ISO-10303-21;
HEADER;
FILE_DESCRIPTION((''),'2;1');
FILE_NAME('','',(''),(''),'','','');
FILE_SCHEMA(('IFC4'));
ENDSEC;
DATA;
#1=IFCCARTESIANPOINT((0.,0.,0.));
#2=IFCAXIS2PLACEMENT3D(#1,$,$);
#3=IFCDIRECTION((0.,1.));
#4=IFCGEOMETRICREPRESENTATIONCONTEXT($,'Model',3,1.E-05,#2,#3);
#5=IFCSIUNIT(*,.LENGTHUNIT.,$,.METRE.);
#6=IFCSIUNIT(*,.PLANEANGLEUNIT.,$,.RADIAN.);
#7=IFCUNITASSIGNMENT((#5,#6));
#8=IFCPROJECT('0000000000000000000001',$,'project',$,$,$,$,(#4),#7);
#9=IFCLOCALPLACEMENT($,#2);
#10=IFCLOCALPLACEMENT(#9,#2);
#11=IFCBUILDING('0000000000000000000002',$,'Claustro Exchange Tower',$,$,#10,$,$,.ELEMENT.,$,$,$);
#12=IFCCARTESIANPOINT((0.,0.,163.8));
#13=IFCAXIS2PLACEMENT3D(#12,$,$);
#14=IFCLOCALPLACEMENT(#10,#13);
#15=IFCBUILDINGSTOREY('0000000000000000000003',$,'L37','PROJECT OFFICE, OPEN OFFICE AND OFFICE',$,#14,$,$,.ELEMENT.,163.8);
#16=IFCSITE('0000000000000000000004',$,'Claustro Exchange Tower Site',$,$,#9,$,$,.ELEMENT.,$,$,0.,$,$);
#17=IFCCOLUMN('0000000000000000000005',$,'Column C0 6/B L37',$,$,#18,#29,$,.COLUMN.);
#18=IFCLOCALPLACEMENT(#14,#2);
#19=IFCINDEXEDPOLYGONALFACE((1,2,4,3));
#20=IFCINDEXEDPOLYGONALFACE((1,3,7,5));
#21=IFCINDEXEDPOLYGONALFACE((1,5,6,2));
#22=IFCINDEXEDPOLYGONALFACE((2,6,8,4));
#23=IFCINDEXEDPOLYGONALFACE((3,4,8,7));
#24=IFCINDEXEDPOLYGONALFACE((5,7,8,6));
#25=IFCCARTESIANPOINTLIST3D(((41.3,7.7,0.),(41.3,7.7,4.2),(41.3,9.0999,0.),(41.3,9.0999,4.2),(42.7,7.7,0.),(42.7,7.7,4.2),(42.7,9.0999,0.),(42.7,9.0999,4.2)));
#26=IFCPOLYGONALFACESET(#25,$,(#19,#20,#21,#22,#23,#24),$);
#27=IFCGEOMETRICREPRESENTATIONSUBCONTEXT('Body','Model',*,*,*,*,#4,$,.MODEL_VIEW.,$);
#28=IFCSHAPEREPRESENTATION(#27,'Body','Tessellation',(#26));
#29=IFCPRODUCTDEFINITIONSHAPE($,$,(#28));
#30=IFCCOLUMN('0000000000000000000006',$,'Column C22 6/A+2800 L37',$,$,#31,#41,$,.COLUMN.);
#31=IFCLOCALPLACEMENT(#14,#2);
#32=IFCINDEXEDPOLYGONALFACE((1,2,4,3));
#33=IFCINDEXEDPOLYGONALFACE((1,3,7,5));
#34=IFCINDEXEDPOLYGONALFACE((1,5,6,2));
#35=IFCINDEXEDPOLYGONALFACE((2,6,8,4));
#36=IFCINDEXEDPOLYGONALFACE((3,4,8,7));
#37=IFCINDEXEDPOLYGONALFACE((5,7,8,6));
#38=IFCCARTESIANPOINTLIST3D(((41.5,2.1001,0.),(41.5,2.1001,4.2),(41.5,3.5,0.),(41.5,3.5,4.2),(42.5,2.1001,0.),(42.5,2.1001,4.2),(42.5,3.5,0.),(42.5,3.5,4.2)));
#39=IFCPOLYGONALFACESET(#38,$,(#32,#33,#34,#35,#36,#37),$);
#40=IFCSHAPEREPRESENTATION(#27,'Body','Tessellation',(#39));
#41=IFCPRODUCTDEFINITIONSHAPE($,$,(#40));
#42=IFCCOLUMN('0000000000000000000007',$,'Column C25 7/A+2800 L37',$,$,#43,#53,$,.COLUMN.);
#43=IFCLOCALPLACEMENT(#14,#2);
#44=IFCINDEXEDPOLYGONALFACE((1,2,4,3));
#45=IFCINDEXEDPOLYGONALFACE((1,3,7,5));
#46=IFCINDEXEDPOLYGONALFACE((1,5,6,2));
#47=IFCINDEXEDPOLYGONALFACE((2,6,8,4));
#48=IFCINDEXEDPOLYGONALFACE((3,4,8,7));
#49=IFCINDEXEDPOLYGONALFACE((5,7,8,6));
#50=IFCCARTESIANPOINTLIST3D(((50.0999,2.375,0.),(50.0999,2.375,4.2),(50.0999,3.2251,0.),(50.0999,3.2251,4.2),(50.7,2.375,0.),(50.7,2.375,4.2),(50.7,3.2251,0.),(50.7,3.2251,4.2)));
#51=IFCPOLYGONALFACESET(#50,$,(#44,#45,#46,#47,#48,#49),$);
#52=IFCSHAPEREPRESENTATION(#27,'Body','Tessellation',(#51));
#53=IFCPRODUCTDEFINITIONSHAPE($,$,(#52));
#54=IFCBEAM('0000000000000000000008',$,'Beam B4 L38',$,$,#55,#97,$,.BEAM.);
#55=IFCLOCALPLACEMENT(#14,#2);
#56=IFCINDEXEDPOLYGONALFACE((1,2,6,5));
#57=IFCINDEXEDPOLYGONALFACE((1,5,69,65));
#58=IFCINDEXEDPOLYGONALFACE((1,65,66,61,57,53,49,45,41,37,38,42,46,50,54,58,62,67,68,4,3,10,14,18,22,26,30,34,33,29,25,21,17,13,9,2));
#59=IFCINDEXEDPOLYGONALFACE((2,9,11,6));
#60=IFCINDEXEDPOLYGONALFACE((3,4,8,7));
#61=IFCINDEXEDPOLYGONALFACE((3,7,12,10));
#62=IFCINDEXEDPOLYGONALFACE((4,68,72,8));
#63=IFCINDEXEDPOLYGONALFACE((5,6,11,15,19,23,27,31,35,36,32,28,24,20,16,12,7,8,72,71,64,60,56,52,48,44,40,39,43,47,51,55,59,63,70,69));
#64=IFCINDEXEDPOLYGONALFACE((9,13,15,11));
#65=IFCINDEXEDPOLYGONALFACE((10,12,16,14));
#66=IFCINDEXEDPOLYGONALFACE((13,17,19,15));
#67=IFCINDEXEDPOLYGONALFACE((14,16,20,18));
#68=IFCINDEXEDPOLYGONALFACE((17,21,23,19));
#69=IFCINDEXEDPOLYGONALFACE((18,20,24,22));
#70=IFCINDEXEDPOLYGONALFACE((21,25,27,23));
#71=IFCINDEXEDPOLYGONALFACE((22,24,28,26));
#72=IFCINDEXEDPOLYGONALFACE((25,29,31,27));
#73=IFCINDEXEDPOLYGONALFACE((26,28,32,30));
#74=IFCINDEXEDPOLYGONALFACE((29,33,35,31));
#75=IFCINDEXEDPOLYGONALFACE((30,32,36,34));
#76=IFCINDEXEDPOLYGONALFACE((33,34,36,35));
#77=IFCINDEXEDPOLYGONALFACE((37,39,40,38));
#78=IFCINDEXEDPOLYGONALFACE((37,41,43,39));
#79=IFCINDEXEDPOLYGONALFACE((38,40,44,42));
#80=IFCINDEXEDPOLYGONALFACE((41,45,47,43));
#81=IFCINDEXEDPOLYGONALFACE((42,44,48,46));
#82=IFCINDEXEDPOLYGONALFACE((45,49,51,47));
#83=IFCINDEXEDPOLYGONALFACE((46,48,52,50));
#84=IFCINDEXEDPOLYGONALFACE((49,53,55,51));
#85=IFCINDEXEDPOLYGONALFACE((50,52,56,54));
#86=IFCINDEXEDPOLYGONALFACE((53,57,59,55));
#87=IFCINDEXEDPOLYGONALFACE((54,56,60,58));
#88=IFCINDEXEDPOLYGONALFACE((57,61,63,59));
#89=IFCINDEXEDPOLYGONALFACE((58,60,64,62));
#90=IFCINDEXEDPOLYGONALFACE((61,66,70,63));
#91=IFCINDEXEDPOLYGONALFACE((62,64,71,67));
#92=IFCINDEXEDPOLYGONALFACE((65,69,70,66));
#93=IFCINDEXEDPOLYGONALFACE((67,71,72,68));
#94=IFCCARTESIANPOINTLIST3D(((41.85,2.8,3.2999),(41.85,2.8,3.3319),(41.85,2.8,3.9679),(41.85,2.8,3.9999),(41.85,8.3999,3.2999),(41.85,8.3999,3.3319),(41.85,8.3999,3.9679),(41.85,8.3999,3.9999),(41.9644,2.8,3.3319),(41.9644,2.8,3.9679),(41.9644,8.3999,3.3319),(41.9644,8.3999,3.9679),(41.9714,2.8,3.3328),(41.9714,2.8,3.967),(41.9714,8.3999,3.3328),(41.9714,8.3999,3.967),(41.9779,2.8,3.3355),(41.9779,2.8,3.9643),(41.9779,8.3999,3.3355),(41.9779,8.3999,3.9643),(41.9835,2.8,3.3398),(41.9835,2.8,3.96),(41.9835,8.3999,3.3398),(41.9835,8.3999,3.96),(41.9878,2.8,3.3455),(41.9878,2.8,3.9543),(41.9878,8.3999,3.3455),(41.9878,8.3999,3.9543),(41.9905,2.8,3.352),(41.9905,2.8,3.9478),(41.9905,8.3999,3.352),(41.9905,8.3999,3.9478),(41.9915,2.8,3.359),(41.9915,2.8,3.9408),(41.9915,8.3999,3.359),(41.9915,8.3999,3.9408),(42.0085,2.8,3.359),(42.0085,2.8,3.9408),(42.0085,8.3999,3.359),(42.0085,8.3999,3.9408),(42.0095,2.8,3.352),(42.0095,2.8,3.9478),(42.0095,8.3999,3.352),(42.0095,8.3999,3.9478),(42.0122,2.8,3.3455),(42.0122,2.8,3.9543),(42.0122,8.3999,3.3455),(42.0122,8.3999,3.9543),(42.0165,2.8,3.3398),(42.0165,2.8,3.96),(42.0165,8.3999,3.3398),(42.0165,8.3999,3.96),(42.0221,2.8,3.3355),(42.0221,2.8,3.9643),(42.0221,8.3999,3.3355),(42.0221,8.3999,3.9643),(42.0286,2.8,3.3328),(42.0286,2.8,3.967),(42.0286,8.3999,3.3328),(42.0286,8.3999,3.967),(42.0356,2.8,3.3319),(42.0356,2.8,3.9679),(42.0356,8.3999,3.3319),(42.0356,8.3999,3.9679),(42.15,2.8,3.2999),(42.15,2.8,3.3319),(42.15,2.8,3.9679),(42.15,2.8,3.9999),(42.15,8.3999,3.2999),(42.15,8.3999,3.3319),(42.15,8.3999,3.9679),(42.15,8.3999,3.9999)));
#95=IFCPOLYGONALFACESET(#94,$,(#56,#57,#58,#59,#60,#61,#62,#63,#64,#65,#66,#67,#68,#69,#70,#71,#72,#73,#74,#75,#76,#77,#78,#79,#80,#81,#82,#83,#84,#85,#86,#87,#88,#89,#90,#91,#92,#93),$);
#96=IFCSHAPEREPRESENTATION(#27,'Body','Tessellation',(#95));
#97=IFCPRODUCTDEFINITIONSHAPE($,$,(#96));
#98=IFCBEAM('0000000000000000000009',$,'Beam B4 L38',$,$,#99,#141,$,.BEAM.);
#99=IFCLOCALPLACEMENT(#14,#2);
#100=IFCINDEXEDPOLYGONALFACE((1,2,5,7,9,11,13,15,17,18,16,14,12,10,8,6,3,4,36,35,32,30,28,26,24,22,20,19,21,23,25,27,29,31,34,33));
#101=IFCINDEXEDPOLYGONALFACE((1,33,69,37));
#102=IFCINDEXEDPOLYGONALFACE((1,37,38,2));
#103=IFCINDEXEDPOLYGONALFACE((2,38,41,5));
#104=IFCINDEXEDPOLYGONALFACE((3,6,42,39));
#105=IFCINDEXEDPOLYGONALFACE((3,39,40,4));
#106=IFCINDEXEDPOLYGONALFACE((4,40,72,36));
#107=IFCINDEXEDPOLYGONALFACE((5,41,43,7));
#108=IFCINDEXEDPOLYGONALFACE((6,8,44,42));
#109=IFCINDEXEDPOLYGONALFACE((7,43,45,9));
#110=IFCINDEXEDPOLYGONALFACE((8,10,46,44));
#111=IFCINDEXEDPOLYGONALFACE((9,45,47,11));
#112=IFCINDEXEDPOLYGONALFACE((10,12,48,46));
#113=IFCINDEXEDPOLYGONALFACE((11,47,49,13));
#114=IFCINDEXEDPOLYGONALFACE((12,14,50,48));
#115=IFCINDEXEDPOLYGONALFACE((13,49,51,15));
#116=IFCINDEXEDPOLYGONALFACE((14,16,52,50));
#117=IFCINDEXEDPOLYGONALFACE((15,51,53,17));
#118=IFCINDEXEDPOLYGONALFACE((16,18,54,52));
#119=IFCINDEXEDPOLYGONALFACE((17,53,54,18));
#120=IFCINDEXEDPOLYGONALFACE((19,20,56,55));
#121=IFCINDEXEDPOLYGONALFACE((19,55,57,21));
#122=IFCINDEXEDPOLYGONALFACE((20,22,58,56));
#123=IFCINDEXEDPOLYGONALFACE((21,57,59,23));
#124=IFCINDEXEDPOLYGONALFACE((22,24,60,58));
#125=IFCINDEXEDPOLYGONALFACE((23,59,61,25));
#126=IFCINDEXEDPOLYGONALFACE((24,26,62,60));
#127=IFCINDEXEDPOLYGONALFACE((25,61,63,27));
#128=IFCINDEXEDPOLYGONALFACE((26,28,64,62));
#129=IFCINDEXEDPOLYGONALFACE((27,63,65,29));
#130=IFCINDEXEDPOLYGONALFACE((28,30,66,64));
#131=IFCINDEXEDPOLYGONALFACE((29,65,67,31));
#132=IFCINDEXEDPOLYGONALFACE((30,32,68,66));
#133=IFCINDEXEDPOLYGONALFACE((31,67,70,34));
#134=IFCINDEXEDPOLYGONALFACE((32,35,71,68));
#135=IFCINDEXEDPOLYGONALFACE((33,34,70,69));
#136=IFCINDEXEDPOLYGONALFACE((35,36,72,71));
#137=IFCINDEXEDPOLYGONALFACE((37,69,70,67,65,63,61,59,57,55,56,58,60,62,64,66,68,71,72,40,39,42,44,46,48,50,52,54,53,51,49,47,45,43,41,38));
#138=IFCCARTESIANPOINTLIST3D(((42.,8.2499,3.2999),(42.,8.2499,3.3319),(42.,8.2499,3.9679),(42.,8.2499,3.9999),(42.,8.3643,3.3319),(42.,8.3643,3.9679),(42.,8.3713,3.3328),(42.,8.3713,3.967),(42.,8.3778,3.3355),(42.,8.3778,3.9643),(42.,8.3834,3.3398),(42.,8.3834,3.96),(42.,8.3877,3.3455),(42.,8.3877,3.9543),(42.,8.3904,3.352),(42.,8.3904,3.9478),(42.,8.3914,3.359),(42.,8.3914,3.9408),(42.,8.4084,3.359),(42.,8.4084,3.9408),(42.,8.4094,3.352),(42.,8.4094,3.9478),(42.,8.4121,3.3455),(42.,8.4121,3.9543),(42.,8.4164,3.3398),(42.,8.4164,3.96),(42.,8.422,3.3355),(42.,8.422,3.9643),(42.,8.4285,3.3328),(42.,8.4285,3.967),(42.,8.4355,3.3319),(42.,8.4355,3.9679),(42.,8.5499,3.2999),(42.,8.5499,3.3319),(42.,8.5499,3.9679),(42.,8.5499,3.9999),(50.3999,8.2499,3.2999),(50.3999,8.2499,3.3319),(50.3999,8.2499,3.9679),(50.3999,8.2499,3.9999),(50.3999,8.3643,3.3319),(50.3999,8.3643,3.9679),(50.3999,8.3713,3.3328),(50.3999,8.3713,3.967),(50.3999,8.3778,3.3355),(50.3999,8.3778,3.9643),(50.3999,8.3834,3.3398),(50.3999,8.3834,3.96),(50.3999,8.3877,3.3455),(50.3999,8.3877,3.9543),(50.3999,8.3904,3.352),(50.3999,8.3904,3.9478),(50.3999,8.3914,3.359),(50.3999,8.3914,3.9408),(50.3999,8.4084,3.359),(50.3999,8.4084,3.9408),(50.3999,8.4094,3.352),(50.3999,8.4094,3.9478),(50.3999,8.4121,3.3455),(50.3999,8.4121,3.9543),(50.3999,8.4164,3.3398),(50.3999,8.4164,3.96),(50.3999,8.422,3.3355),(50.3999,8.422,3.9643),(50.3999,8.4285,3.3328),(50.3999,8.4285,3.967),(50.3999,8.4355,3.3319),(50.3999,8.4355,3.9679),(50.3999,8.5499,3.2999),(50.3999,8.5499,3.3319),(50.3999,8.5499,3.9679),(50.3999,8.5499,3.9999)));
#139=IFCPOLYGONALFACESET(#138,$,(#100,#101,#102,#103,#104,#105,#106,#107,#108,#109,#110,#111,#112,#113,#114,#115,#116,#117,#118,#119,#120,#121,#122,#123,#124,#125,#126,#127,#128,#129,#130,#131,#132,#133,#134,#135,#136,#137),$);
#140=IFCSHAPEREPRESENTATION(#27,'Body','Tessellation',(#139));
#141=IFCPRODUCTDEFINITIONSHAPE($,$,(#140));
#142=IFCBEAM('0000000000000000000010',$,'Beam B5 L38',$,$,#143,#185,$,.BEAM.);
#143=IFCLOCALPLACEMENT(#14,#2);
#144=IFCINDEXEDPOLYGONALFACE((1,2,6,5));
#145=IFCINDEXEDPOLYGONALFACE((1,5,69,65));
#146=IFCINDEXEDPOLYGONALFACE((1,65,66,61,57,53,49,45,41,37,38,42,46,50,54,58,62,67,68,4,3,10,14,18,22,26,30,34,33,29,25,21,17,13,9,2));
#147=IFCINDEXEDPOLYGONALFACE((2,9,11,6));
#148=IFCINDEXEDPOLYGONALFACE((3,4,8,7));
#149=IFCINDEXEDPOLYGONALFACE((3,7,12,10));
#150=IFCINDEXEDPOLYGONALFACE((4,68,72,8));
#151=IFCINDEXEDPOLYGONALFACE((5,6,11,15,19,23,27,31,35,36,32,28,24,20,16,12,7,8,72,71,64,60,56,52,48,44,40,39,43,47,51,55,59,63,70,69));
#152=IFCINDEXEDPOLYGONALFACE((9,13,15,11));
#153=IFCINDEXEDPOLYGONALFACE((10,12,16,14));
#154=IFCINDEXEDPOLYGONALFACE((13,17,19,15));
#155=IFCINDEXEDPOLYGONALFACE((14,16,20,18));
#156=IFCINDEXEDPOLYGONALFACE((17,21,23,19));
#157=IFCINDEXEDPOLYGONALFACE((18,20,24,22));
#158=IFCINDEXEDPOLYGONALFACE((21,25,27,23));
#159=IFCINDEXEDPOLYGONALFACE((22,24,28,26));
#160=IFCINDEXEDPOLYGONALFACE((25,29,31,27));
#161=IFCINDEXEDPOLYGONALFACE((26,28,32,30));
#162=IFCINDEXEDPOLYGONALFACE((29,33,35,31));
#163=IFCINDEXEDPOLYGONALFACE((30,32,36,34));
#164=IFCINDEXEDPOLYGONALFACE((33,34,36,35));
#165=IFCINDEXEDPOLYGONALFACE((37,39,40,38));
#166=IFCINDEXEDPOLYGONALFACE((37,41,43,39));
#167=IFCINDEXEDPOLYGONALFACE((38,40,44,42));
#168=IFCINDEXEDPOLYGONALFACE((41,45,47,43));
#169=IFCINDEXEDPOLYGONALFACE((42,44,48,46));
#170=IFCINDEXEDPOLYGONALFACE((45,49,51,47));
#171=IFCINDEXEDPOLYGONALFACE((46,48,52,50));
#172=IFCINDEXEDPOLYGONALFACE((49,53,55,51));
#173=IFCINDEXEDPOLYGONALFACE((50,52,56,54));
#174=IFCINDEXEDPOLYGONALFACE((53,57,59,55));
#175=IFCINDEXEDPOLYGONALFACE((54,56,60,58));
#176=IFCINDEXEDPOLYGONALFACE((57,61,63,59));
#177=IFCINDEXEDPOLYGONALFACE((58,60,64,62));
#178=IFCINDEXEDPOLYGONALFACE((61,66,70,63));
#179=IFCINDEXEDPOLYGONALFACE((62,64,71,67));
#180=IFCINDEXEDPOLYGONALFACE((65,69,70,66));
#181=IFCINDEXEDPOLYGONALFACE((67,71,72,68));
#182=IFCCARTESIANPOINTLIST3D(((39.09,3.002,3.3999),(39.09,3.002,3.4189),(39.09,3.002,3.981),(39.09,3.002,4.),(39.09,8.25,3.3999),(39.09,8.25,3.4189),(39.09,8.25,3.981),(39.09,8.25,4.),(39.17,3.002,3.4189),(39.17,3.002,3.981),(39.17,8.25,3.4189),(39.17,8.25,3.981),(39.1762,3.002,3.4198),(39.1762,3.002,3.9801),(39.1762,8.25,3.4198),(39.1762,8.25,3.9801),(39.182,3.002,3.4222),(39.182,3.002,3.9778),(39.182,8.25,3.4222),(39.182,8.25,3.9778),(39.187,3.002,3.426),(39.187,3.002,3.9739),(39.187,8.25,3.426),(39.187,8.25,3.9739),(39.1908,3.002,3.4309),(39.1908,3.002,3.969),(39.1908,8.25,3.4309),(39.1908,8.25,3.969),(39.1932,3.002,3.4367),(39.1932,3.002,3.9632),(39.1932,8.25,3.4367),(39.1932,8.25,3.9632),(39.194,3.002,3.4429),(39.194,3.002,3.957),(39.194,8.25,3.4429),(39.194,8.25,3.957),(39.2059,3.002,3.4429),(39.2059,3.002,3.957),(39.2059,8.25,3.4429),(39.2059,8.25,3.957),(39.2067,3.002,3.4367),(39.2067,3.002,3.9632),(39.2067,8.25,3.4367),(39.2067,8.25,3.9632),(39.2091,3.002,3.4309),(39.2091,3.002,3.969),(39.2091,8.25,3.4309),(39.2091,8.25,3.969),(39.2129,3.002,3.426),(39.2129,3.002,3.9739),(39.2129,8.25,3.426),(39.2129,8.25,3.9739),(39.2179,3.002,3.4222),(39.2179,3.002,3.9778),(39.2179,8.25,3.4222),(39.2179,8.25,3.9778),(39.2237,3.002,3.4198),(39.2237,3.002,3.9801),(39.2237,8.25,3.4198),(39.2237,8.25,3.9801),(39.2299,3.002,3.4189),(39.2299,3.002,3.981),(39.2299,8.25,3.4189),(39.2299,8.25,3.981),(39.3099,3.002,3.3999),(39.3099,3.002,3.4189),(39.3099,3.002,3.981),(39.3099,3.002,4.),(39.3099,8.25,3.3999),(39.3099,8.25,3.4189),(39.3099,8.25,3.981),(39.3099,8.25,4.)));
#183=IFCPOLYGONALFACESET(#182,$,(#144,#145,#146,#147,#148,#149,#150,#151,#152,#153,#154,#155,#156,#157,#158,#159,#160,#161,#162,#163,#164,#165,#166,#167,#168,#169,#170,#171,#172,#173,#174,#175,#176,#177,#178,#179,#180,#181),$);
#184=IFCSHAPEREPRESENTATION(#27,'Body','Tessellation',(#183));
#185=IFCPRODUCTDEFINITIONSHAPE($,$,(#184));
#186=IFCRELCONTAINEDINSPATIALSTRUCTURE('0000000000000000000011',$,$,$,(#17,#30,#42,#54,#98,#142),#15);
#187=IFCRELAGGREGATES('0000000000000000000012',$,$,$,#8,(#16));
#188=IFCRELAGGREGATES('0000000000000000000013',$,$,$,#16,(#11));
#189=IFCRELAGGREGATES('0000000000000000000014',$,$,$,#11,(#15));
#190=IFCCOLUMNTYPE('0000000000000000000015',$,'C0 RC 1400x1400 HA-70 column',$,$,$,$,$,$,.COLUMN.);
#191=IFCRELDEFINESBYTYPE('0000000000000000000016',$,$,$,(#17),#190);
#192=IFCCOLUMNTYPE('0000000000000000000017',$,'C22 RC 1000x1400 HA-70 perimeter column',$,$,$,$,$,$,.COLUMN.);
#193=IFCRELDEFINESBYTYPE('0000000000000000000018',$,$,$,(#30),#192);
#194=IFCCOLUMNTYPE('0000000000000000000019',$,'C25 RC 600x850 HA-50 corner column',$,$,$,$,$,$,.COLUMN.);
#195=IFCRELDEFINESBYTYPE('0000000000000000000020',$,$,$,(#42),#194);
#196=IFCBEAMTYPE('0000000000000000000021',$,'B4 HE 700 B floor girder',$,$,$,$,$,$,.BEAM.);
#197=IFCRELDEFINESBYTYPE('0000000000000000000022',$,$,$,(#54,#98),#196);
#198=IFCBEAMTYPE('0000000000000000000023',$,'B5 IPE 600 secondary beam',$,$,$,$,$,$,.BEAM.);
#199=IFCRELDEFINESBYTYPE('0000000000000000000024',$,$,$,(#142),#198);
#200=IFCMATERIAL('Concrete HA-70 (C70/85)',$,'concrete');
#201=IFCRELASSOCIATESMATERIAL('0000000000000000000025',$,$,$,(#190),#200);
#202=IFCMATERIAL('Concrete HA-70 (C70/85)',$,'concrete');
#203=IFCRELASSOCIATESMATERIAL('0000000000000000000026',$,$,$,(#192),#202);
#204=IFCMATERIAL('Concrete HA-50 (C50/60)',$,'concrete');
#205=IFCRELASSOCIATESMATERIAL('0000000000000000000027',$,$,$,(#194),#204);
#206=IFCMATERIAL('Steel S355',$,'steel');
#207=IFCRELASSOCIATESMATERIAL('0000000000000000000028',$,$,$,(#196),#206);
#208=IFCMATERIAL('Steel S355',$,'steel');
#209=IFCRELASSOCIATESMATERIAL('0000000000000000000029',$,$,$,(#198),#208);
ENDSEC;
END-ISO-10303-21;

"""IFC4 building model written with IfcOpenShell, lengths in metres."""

from ifc_helpers import new_model, si_unit, direction, frame, origin, origin_2d, place, context, subcontext, project, spatial, rectangle, i_section, extrude, material, material_profile, profile_set, type_object, element, save


model = new_model("IFC4")

# Units and contexts
model_context = context("Model", 3, precision=1e-05, world=origin(), true_north=direction((0.0, 1.0)))
body_context = subcontext(model_context, "Body", "Model", "MODEL_VIEW")
ifc_project = project(units=[si_unit("LENGTHUNIT", "METRE"), si_unit("PLANEANGLEUNIT", "RADIAN")], contexts=[model_context])

# Site, building, storey
site_placement = place(None, origin())
site = spatial("IfcSite", under=ifc_project, at=site_placement, Name="Claustro Exchange Tower Site", CompositionType="ELEMENT", RefElevation=0.0)
building_placement = place(site_placement, origin())
building = spatial("IfcBuilding", under=site, at=building_placement, Name="Claustro Exchange Tower", CompositionType="ELEMENT")
storey_placement = place(building_placement, frame((0.0, 0.0, 163.8)))
storey = spatial("IfcBuildingStorey", under=building, at=storey_placement, Name="L37", Description="PROJECT OFFICE, OPEN OFFICE AND OFFICE", CompositionType="ELEMENT", Elevation=163.8)

# Columns
ifc_material_1 = material(Name="Concrete HA-70 (C70/85)", Category="concrete")
ifc_material_profile_1 = material_profile(ifc_material_1, rectangle(XDim=1.3999, YDim=1.3999, at=origin_2d()), Name="RC 1400x1400")
ifc_profile_set_1 = profile_set([ifc_material_profile_1], Name="Concrete HA-70 (C70/85)")
column_type_1 = type_object("IfcColumnType", Name="C0 RC 1400x1400 HA-70 column", PredefinedType="COLUMN", material=ifc_profile_set_1)
column_1_placement = place(storey_placement, frame((42.0, 8.3999, 0.0), z_axis=(0.0, 0.0, 1.0), x_axis=(1.0, 0.0, 0.0)))
element("IfcColumn", 1, at=column_1_placement, inside=storey, type_object=column_type_1, Name="Column C0 6/B L37", PredefinedType="COLUMN", context=body_context, shape_type="SweptSolid", body=[
    extrude(rectangle(XDim=1.3999, YDim=1.3999, at=origin_2d()), origin(), (0.0, 0.0, 1.0), 4.2),
])
ifc_material_2 = material(Name="Concrete HA-70 (C70/85)", Category="concrete")
ifc_material_profile_2 = material_profile(ifc_material_2, rectangle(XDim=1.0, YDim=1.3999, at=origin_2d()), Name="RC 1000x1400")
ifc_profile_set_2 = profile_set([ifc_material_profile_2], Name="Concrete HA-70 (C70/85)")
column_type_2 = type_object("IfcColumnType", Name="C22 RC 1000x1400 HA-70 perimeter column", PredefinedType="COLUMN", material=ifc_profile_set_2)
column_2_placement = place(storey_placement, frame((42.0, 2.8, 0.0), z_axis=(0.0, 0.0, 1.0), x_axis=(1.0, 0.0, 0.0)))
element("IfcColumn", 2, at=column_2_placement, inside=storey, type_object=column_type_2, Name="Column C22 6/A+2800 L37", PredefinedType="COLUMN", context=body_context, shape_type="SweptSolid", body=[
    extrude(rectangle(XDim=1.0, YDim=1.3999, at=origin_2d()), origin(), (0.0, 0.0, 1.0), 4.2),
])
ifc_material_3 = material(Name="Concrete HA-50 (C50/60)", Category="concrete")
ifc_material_profile_3 = material_profile(ifc_material_3, rectangle(XDim=0.6001, YDim=0.8501, at=origin_2d()), Name="RC 600x850")
ifc_profile_set_3 = profile_set([ifc_material_profile_3], Name="Concrete HA-50 (C50/60)")
column_type_3 = type_object("IfcColumnType", Name="C25 RC 600x850 HA-50 corner column", PredefinedType="COLUMN", material=ifc_profile_set_3)
column_3_placement = place(storey_placement, frame((50.3999, 2.8, 0.0), z_axis=(0.0, 0.0, 1.0), x_axis=(1.0, 0.0, 0.0)))
element("IfcColumn", 3, at=column_3_placement, inside=storey, type_object=column_type_3, Name="Column C25 7/A+2800 L37", PredefinedType="COLUMN", context=body_context, shape_type="SweptSolid", body=[
    extrude(rectangle(XDim=0.6001, YDim=0.8501, at=origin_2d()), origin(), (0.0, 0.0, 1.0), 4.2),
])

# Beams
ifc_material_4 = material(Name="Steel S355", Category="steel")
ifc_material_profile_4 = material_profile(ifc_material_4, i_section(OverallWidth=0.3, OverallDepth=0.7, WebThickness=0.0171, FlangeThickness=0.032, FilletRadius=0.0271, at=origin_2d()), Name="HE 700 B")
ifc_profile_set_4 = profile_set([ifc_material_profile_4], Name="Steel S355")
beam_type_1 = type_object("IfcBeamType", Name="B4 HE 700 B floor girder", PredefinedType="BEAM", material=ifc_profile_set_4)
beam_1_placement = place(storey_placement, frame((42.0, 2.8, 3.6499), z_axis=(0.0, 1.0, 0.0), x_axis=(-1.0, 0.0, 0.0)))
element("IfcBeam", 4, at=beam_1_placement, inside=storey, type_object=beam_type_1, Name="Beam B4 L38", PredefinedType="BEAM", context=body_context, shape_type="SweptSolid", body=[
    extrude(i_section(OverallWidth=0.3, OverallDepth=0.7, WebThickness=0.0171, FlangeThickness=0.032, FilletRadius=0.0271, at=origin_2d()), origin(), (0.0, 0.0, 1.0), 5.5999),
])
beam_2_placement = place(storey_placement, frame((42.0, 8.3999, 3.6499), z_axis=(1.0, 0.0, 0.0), x_axis=(0.0, 1.0, 0.0)))
element("IfcBeam", 5, at=beam_2_placement, inside=storey, type_object=beam_type_1, Name="Beam B4 L38", PredefinedType="BEAM", context=body_context, shape_type="SweptSolid", body=[
    extrude(i_section(OverallWidth=0.3, OverallDepth=0.7, WebThickness=0.0171, FlangeThickness=0.032, FilletRadius=0.0271, at=origin_2d()), origin(), (0.0, 0.0, 1.0), 8.3999),
])
ifc_material_5 = material(Name="Steel S355", Category="steel")
ifc_material_profile_5 = material_profile(ifc_material_5, i_section(OverallWidth=0.22, OverallDepth=0.6001, WebThickness=0.012, FlangeThickness=0.019, FilletRadius=0.0239, at=origin_2d()), Name="IPE 600")
ifc_profile_set_5 = profile_set([ifc_material_profile_5], Name="Steel S355")
beam_type_2 = type_object("IfcBeamType", Name="B5 IPE 600 secondary beam", PredefinedType="BEAM", material=ifc_profile_set_5)
for number, where, z_axis, x_axis, name in (
    (6, (39.2, 3.002, 3.7), (0.0, 1.0, 0.0), (-1.0, 0.0, 0.0), "Beam B5 L38"),
):
    element("IfcBeam", number, at=place(storey_placement, frame(where, z_axis=z_axis, x_axis=x_axis)), inside=storey, type_object=beam_type_2, Name=name, PredefinedType="BEAM", context=body_context, shape_type="SweptSolid", body=[
        extrude(i_section(OverallWidth=0.22, OverallDepth=0.6001, WebThickness=0.012, FlangeThickness=0.019, FilletRadius=0.0239, at=origin_2d()), origin(), (0.0, 0.0, 1.0), 5.248),
    ])

save(model, "model.ifc")
